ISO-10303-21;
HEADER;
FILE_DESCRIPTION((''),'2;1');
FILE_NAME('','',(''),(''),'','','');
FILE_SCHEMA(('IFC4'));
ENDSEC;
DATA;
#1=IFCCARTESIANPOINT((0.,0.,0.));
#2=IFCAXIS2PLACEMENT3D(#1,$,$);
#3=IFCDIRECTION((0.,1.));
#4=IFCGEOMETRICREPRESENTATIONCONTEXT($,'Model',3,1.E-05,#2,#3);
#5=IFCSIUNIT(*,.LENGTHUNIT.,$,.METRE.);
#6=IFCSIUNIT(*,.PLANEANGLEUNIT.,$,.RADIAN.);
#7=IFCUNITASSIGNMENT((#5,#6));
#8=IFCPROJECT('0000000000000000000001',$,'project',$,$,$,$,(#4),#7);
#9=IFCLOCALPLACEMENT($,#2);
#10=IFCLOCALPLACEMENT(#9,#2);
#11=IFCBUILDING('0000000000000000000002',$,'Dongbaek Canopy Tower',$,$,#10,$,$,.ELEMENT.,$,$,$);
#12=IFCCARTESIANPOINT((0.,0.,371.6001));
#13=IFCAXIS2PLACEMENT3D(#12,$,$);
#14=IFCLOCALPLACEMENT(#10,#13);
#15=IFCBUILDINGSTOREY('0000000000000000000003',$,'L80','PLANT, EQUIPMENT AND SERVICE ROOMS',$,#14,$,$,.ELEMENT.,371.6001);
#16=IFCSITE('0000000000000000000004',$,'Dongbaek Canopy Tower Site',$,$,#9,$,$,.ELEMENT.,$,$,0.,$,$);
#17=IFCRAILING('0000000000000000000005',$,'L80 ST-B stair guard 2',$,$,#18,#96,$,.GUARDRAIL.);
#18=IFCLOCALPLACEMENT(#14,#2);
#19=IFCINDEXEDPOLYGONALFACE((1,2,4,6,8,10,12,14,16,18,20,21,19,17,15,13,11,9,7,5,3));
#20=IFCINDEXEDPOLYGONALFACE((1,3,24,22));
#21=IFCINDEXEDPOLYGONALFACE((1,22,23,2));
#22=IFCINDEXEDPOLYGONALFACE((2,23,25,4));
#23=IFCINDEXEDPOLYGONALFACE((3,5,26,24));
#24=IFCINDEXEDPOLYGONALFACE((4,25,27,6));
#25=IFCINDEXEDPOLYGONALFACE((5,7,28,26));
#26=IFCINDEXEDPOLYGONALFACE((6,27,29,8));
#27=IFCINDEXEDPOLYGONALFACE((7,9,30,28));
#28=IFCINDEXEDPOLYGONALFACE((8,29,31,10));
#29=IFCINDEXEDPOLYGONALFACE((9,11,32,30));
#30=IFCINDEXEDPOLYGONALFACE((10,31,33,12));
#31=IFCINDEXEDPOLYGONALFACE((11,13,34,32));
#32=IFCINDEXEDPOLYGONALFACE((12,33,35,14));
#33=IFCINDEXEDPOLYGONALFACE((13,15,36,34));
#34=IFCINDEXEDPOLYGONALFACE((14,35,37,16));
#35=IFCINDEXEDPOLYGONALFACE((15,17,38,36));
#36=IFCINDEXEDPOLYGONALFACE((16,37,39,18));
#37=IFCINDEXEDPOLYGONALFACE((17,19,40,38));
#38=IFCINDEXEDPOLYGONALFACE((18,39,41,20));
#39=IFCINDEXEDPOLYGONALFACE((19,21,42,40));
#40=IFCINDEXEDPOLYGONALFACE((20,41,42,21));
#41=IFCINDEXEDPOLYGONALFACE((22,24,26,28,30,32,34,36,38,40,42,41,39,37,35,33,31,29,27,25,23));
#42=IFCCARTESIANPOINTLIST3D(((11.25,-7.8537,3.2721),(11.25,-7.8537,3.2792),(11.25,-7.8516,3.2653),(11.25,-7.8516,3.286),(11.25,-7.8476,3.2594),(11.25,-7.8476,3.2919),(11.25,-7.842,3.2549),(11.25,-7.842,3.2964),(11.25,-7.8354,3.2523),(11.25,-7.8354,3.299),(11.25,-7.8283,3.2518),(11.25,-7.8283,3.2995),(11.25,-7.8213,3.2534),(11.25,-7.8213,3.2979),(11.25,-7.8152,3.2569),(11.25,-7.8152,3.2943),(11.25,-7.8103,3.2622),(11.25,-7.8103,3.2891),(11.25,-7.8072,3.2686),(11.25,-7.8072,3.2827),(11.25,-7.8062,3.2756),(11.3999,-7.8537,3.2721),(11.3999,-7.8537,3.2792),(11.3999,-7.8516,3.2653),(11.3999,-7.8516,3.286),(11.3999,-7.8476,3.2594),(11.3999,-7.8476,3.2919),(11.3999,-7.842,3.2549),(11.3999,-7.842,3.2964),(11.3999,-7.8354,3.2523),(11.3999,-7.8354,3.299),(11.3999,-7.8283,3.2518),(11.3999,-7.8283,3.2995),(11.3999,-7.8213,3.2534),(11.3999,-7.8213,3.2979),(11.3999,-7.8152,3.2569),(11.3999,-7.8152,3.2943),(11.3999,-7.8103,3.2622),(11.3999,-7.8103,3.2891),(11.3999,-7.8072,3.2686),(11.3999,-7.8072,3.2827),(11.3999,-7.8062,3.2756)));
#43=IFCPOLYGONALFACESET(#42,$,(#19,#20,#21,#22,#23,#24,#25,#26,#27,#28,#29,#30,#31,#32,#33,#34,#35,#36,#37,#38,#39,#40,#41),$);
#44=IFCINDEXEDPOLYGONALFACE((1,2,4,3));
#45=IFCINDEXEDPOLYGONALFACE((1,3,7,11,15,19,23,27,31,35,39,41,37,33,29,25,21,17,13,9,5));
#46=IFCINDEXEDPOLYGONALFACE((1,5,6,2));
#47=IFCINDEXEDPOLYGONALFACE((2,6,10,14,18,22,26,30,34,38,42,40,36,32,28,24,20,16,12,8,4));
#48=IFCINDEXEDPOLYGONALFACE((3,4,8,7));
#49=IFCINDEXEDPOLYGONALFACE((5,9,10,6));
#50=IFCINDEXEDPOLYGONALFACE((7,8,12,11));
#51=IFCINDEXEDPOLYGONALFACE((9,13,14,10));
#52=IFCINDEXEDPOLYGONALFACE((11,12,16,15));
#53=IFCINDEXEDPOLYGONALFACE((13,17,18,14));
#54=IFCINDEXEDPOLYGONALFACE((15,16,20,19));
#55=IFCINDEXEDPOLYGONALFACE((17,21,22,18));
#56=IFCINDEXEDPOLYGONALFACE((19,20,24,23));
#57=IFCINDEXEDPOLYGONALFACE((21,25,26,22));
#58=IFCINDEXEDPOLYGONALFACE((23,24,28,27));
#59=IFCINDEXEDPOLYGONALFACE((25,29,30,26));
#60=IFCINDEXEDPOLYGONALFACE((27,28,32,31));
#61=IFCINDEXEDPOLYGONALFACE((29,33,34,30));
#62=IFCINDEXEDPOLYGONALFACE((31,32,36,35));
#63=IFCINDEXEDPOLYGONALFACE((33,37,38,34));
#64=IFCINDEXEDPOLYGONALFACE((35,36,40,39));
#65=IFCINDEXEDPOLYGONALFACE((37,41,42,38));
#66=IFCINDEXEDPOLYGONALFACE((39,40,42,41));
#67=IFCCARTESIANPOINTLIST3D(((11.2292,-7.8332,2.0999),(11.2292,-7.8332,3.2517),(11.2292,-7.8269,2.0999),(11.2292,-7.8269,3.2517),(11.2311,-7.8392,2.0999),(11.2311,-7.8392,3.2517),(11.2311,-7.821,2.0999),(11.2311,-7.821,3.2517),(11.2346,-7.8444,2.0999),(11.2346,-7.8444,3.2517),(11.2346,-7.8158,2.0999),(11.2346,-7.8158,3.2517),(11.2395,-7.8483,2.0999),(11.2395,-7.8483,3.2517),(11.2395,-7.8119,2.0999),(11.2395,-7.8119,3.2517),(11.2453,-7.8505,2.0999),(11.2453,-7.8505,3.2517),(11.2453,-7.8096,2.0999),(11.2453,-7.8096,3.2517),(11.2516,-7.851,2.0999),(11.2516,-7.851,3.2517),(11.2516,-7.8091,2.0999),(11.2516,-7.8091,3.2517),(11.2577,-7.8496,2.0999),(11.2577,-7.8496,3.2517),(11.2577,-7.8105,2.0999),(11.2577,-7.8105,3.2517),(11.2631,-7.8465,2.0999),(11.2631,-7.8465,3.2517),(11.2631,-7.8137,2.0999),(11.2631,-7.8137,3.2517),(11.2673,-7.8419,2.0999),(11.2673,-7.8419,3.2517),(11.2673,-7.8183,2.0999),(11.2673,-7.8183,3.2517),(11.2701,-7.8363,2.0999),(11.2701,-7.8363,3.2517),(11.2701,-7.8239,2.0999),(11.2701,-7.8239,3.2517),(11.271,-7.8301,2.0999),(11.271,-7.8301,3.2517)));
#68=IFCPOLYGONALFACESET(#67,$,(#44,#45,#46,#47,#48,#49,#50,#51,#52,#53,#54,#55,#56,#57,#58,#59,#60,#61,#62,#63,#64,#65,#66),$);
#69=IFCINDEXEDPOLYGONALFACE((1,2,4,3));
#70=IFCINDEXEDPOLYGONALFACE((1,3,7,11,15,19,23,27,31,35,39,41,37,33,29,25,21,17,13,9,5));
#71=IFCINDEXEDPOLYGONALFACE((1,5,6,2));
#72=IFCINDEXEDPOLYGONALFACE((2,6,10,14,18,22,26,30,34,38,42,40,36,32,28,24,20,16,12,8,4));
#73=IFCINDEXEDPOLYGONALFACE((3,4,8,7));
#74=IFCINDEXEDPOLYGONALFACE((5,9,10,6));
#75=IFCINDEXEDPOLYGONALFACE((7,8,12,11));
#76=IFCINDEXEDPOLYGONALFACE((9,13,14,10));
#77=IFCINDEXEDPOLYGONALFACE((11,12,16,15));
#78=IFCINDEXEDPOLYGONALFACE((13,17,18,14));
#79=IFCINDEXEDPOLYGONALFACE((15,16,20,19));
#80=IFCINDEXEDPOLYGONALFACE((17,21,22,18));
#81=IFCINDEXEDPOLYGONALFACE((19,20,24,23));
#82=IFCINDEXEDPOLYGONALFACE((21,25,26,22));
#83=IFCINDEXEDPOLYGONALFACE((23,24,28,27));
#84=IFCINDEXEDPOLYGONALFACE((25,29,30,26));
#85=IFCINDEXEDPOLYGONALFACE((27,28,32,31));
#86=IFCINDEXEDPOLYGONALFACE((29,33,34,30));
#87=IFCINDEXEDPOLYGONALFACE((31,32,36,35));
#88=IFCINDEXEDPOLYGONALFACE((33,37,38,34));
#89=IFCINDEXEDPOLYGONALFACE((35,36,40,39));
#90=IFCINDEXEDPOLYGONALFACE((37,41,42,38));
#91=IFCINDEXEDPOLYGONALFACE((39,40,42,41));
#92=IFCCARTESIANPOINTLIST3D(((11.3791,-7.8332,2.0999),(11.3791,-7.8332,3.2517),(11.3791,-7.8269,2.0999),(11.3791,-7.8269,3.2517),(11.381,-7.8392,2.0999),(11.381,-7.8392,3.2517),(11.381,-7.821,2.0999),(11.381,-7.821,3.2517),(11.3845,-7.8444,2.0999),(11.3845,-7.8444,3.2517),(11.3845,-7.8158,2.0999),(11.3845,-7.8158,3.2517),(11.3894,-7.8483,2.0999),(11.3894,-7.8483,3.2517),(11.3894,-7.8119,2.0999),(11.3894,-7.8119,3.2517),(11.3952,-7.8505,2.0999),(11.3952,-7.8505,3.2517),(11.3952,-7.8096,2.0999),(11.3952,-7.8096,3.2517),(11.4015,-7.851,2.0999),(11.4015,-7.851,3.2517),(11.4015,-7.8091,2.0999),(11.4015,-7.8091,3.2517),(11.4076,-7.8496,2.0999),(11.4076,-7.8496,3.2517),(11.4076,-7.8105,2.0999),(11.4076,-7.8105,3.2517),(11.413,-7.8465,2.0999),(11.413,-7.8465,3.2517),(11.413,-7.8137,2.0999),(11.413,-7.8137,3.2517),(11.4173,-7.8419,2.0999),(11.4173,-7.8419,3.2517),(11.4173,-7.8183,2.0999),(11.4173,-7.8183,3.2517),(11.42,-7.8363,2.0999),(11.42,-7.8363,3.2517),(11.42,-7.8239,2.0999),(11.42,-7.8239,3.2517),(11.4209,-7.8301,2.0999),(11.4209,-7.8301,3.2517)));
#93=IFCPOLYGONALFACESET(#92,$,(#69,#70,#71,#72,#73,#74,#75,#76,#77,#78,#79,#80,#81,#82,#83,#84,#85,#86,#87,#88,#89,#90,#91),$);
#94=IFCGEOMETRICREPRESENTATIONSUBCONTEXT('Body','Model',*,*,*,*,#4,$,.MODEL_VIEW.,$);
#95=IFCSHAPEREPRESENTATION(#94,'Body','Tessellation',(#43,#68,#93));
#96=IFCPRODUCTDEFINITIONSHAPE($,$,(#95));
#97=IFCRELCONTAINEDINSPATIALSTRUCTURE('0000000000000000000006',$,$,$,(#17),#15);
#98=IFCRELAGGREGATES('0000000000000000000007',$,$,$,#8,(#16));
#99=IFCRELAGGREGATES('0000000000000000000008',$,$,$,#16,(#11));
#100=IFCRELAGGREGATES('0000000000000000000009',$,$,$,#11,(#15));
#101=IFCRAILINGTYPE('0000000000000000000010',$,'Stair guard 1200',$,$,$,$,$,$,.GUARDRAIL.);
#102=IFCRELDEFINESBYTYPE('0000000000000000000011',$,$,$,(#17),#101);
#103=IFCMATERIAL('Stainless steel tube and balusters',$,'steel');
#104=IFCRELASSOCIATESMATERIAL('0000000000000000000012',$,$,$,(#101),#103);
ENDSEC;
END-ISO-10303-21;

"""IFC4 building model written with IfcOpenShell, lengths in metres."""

from ifc_helpers import new_model, si_unit, direction, frame, origin, origin_2d, place, context, subcontext, project, spatial, circle, extrude, material, type_object, element, save


model = new_model("IFC4")

# Units and contexts
model_context = context("Model", 3, precision=1e-05, world=origin(), true_north=direction((0.0, 1.0)))
body_context = subcontext(model_context, "Body", "Model", "MODEL_VIEW")
ifc_project = project(units=[si_unit("LENGTHUNIT", "METRE"), si_unit("PLANEANGLEUNIT", "RADIAN")], contexts=[model_context])

# Site, building, storey
site_placement = place(None, origin())
site = spatial("IfcSite", under=ifc_project, at=site_placement, Name="Dongbaek Canopy Tower Site", CompositionType="ELEMENT", RefElevation=0.0)
building_placement = place(site_placement, origin())
building = spatial("IfcBuilding", under=site, at=building_placement, Name="Dongbaek Canopy Tower", CompositionType="ELEMENT")
storey_placement = place(building_placement, frame((0.0, 0.0, 371.6001)))
storey = spatial("IfcBuildingStorey", under=building, at=storey_placement, Name="L80", Description="PLANT, EQUIPMENT AND SERVICE ROOMS", CompositionType="ELEMENT", Elevation=371.6001)

# Railing
ifc_material_1 = material(Name="Stainless steel tube and balusters", Category="steel")
railing_type_1 = type_object("IfcRailingType", Name="Stair guard 1200", PredefinedType="GUARDRAIL", material=ifc_material_1)
railing_1_placement = place(storey_placement, frame((11.25, -7.8301, 2.0999)))
element("IfcRailing", 1, at=railing_1_placement, inside=storey, type_object=railing_type_1, Name="L80 ST-B stair guard 2", PredefinedType="GUARDRAIL", context=body_context, shape_type="SweptSolid", body=[
    extrude(circle(Radius=0.0239, at=origin_2d()), frame((0.0, 0.0, 1.1758), z_axis=(1.0, 0.0, 0.0), x_axis=(0.0, 1.0, 0.0)), (0.0, 0.0, 1.0), 0.1499),
    extrude(circle(Radius=0.021, at=origin_2d()), origin(), (0.0, 0.0, 1.0), 1.1519),
    extrude(circle(Radius=0.021, at=origin_2d()), frame((0.1499, 0.0, 0.0)), (0.0, 0.0, 1.0), 1.1519),
])

save(model, "model.ifc")
